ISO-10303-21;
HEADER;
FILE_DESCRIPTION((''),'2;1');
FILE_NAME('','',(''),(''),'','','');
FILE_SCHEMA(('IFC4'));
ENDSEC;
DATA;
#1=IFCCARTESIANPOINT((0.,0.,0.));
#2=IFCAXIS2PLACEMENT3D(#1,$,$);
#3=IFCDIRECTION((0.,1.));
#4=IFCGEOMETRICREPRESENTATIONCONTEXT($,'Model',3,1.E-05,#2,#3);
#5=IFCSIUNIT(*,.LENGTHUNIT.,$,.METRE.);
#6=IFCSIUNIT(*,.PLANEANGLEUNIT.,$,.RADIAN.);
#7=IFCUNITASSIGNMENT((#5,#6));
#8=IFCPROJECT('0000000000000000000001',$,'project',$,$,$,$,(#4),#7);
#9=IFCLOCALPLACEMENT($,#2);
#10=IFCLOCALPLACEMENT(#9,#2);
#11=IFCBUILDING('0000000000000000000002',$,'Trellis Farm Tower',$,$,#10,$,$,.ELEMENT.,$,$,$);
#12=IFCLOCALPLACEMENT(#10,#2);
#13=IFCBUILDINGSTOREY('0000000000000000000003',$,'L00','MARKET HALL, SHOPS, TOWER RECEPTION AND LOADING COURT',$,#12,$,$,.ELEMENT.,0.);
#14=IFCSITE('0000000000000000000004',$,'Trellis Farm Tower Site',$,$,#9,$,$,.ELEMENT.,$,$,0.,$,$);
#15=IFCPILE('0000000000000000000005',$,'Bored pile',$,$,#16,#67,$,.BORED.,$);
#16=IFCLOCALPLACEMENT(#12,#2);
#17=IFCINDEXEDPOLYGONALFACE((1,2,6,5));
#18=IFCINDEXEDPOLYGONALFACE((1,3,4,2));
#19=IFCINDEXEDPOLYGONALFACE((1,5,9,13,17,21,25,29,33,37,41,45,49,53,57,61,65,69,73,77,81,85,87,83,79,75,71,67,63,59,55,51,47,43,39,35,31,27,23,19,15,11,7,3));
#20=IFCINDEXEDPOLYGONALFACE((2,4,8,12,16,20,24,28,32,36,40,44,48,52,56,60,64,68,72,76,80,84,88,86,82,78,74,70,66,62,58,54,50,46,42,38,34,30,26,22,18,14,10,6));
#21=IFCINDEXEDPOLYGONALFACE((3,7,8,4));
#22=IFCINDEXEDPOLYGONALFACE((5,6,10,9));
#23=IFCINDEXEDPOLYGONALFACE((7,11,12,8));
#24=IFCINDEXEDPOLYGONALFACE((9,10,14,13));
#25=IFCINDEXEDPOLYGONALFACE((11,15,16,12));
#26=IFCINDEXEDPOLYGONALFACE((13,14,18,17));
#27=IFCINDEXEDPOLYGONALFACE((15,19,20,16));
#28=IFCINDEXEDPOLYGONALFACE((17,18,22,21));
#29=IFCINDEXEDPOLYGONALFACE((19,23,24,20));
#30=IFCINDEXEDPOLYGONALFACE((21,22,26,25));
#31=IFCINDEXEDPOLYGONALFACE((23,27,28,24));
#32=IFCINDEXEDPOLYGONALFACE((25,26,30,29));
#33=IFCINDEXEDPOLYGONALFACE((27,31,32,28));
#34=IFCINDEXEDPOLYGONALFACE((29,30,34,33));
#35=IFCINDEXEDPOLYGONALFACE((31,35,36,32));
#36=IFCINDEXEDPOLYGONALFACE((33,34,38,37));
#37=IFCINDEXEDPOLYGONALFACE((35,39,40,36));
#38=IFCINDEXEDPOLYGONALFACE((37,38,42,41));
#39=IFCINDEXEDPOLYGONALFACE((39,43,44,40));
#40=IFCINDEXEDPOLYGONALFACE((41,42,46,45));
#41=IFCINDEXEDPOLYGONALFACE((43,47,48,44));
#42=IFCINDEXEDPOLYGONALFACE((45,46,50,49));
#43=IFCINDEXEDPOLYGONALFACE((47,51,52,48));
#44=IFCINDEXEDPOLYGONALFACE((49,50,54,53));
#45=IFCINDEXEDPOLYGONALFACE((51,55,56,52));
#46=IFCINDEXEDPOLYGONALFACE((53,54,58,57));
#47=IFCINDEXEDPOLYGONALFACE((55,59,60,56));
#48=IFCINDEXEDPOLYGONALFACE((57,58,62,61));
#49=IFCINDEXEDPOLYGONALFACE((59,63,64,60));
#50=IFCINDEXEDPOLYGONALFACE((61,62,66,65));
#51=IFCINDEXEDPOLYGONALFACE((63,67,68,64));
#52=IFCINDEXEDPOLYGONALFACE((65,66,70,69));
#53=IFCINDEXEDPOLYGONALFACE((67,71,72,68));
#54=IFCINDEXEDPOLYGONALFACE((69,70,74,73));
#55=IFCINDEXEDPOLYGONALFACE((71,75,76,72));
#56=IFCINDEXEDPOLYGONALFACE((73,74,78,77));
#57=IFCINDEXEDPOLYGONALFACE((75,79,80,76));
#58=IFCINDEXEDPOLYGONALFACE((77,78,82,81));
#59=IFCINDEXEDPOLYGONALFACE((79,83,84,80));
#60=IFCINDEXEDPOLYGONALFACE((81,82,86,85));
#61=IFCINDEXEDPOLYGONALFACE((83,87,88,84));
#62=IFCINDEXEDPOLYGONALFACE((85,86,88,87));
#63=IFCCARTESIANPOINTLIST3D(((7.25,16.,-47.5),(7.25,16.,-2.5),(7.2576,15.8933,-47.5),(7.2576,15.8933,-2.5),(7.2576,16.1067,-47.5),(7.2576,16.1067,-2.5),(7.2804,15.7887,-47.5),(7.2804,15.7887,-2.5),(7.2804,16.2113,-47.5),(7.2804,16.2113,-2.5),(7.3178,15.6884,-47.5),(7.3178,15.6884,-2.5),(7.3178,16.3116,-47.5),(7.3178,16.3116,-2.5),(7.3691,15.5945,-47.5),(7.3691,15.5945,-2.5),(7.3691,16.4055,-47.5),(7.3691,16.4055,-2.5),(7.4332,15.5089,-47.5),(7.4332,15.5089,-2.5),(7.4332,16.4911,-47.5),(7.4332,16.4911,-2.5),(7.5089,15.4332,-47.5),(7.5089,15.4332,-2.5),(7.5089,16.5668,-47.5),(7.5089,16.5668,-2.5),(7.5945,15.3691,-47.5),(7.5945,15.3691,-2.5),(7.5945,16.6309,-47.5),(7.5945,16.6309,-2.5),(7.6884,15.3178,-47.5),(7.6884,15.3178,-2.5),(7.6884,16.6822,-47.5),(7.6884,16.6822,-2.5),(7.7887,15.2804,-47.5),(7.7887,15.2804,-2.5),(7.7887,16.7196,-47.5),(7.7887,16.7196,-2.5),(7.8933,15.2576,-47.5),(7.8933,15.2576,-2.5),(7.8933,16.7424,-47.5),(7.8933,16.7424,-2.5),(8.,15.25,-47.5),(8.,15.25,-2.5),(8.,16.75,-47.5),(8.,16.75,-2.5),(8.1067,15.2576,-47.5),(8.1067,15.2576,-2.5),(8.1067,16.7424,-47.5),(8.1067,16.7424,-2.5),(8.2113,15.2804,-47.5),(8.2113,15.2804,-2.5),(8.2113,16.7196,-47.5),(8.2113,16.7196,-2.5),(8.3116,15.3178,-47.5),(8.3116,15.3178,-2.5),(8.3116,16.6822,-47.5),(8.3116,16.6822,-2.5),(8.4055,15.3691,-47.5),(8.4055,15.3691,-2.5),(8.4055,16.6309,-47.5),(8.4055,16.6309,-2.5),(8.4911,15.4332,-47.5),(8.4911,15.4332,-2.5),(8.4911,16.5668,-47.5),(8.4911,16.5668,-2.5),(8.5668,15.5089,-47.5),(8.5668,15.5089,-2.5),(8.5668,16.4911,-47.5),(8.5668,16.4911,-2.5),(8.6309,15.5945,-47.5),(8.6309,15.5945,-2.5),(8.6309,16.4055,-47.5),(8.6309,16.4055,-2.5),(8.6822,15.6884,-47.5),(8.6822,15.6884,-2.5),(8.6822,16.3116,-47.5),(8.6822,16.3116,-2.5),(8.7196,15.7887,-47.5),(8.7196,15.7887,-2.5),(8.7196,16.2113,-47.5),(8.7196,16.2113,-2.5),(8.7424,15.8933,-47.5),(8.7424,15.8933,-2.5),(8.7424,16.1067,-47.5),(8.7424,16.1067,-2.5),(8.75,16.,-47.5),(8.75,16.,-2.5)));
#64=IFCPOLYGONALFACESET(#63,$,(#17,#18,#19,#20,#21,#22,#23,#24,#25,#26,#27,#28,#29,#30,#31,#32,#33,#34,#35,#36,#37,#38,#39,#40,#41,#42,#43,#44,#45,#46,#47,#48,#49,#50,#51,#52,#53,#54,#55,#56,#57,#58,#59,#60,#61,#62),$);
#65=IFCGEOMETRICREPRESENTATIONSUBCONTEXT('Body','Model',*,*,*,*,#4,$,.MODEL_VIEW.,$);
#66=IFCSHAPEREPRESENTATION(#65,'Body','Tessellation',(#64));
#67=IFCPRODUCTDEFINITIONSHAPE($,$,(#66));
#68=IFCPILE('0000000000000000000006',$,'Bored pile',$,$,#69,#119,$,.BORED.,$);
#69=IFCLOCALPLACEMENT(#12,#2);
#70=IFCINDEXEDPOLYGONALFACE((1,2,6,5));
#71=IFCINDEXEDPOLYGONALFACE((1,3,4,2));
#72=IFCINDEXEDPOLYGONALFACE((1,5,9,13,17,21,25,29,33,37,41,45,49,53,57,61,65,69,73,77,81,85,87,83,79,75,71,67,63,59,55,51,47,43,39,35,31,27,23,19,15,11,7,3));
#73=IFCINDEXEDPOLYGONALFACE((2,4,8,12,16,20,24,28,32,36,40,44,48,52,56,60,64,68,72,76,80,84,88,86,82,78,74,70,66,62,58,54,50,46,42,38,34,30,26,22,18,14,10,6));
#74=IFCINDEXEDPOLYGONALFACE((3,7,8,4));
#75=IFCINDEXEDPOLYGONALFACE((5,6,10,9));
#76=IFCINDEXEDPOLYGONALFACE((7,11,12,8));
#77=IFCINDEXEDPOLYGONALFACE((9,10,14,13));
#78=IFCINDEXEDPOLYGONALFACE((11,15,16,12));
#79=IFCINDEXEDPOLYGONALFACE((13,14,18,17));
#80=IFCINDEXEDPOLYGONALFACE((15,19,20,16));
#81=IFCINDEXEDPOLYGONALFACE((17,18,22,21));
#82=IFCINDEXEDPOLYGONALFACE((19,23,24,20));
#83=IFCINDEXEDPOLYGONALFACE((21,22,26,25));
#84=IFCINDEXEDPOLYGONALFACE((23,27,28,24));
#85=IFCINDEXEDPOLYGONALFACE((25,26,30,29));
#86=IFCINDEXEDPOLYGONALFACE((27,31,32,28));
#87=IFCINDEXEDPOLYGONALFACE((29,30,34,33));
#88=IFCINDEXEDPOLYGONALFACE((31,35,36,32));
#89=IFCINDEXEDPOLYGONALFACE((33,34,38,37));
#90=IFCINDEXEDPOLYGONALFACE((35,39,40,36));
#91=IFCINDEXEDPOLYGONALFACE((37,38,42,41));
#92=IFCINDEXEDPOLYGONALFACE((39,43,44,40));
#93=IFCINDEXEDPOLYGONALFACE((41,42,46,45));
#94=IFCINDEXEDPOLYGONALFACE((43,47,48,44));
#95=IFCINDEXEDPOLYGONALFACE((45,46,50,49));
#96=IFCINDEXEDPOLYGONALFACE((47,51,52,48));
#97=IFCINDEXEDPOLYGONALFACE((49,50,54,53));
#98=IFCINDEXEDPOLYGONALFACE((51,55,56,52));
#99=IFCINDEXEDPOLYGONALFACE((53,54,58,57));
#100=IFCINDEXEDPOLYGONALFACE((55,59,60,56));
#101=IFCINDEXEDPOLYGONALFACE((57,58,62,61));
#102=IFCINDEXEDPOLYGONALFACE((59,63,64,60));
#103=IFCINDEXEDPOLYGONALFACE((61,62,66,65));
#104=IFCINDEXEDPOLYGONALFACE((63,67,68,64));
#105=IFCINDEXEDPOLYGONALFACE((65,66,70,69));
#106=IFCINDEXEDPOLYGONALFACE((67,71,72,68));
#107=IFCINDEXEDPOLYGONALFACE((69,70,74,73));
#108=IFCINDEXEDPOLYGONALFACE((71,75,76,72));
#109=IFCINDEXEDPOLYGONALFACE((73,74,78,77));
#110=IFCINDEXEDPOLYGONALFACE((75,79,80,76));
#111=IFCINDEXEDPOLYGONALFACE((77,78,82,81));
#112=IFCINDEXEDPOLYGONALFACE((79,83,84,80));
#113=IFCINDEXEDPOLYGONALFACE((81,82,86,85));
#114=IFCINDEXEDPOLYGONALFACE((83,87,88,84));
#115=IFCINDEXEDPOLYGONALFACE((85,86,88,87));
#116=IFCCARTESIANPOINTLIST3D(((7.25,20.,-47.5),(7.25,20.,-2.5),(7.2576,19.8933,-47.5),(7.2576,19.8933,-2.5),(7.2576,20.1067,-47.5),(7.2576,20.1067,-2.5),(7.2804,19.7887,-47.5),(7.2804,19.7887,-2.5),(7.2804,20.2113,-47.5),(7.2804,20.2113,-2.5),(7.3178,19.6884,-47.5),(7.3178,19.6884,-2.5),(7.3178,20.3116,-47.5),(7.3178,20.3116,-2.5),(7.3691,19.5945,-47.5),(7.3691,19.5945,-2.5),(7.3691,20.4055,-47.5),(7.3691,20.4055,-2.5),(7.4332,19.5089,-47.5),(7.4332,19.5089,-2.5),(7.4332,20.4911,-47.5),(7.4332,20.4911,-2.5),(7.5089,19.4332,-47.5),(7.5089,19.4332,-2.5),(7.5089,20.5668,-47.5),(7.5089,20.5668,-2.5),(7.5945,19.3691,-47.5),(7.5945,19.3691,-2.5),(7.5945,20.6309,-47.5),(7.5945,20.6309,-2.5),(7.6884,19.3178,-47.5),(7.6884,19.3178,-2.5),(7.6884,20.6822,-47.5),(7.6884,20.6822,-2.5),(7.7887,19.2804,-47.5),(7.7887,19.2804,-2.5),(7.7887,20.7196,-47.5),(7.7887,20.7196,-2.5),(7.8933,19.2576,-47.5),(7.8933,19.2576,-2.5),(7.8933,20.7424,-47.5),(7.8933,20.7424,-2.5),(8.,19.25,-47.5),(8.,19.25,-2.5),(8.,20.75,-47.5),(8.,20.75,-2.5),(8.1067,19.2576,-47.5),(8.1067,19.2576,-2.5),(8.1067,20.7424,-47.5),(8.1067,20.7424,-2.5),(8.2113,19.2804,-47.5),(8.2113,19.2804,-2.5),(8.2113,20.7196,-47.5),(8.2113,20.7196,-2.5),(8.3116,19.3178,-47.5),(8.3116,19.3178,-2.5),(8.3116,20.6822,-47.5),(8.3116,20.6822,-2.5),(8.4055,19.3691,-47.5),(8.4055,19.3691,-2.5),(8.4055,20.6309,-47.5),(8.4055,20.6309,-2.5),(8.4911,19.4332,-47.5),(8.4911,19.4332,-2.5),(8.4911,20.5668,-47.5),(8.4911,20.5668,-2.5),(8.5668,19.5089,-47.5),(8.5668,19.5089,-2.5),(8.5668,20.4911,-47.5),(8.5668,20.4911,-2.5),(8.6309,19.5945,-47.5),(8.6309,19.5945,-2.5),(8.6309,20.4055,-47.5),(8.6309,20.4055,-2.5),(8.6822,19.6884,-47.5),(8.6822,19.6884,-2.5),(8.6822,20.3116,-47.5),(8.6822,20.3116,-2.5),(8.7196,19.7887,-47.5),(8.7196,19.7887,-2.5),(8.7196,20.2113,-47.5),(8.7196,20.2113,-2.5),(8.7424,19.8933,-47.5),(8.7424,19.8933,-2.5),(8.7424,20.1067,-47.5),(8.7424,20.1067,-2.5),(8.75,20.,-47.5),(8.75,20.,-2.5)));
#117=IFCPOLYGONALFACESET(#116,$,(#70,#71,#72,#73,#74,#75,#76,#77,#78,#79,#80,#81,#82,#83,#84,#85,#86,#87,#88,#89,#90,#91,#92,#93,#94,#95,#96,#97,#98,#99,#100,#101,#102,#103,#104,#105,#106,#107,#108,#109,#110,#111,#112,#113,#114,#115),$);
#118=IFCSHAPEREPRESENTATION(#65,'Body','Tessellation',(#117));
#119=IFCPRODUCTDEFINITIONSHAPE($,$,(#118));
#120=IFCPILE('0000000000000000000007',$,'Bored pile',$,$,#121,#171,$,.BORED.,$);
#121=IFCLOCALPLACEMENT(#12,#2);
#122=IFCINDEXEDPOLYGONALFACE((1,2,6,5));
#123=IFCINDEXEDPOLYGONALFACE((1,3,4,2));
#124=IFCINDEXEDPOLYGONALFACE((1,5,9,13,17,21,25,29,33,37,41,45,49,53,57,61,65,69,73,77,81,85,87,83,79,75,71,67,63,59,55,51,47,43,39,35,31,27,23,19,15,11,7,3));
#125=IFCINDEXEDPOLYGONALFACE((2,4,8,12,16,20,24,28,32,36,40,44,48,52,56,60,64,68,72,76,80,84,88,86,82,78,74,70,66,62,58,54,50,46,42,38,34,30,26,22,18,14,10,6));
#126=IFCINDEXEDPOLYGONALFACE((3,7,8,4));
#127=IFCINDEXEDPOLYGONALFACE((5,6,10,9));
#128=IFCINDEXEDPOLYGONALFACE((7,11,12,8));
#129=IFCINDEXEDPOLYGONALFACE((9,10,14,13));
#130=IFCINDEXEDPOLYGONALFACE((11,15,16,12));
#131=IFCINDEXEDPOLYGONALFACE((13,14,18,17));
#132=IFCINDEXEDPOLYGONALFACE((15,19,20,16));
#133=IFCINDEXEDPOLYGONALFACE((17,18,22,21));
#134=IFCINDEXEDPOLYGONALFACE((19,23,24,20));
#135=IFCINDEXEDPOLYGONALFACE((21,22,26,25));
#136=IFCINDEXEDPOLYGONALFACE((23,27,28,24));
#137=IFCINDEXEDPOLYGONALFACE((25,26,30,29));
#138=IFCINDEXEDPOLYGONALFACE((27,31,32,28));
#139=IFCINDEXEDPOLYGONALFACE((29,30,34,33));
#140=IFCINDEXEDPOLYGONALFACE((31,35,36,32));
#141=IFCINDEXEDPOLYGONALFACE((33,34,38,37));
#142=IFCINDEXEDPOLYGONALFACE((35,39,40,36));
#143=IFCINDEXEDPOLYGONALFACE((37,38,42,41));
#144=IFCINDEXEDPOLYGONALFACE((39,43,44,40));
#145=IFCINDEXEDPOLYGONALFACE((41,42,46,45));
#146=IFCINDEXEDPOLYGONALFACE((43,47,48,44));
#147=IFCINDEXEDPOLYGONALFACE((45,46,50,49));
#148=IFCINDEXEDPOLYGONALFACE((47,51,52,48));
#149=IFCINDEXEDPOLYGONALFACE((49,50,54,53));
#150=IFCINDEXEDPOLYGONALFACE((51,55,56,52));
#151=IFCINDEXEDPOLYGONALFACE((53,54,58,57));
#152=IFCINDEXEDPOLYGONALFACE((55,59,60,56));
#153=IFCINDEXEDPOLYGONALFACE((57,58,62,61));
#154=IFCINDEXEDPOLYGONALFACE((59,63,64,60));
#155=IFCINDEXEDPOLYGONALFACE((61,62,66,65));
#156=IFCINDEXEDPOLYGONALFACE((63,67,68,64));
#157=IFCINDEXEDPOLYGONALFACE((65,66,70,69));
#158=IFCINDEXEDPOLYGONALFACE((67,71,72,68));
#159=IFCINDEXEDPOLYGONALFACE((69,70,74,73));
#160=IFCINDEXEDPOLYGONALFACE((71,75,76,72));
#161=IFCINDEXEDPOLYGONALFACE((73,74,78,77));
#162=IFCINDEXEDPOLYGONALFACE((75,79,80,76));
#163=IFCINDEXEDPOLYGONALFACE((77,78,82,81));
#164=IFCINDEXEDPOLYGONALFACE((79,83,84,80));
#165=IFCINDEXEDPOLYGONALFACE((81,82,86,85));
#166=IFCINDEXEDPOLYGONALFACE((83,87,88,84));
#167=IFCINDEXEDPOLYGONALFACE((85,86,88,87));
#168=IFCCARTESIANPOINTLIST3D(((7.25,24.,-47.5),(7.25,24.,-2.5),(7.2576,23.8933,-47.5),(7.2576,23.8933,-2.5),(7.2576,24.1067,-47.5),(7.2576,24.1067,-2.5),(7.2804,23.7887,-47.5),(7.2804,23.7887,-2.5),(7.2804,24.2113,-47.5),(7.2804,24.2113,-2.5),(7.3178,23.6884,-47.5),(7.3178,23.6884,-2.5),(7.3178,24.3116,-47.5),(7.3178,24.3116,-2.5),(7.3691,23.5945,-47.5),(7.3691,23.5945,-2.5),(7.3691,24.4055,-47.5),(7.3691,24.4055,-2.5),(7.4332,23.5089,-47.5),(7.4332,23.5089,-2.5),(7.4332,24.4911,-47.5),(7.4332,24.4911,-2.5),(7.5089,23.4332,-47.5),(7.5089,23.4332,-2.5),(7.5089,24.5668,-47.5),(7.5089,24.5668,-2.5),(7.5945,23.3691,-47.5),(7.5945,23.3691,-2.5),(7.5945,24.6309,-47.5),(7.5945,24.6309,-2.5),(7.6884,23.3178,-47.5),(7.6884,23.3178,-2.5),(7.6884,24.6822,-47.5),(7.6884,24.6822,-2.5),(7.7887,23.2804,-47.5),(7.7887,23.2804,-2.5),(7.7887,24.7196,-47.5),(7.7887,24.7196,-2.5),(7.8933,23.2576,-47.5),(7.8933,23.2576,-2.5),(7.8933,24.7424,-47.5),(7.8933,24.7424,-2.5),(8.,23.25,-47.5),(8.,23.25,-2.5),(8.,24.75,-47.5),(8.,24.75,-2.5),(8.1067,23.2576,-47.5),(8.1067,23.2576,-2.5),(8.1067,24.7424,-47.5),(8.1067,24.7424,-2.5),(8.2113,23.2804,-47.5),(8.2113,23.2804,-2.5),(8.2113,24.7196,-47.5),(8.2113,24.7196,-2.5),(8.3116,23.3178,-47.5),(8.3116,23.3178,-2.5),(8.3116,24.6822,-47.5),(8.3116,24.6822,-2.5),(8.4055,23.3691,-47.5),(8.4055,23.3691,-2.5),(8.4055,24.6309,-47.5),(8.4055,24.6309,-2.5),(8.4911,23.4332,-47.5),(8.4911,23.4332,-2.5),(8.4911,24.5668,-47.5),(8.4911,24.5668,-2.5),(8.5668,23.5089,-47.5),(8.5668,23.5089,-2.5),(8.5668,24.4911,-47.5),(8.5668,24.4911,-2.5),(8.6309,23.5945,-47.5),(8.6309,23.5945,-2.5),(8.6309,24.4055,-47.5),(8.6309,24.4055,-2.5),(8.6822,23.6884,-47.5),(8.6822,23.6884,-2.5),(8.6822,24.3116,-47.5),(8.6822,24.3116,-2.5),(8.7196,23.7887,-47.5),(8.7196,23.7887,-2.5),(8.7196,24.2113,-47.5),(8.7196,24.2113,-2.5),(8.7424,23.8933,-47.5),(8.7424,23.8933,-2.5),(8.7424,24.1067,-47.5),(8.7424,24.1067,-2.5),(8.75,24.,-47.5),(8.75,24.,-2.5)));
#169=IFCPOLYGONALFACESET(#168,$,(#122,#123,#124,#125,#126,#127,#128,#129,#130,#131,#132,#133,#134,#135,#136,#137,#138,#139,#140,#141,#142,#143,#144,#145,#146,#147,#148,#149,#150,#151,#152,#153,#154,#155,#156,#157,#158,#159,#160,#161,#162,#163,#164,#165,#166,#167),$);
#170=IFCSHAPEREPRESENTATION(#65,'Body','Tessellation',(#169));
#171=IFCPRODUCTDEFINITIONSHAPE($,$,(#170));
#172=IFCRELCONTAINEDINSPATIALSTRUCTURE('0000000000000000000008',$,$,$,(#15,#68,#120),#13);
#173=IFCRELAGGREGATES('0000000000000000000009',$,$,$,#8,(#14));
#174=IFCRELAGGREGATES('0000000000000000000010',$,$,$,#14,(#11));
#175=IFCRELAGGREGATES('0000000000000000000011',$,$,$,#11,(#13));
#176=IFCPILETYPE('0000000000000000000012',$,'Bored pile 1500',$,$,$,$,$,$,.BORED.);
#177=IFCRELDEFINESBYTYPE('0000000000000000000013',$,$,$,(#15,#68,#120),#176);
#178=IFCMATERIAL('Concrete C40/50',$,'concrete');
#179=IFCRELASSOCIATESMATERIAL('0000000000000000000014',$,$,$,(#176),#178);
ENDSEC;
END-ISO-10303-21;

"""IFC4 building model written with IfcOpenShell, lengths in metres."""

from ifc_helpers import new_model, si_unit, direction, frame, origin, origin_2d, place, context, subcontext, project, spatial, circle, extrude, source, transform, mapped, material, material_profile, profile_set, type_object, element, save


model = new_model("IFC4")

# Units and contexts
model_context = context("Model", 3, precision=1e-05, world=origin(), true_north=direction((0.0, 1.0)))
body_context = subcontext(model_context, "Body", "Model", "MODEL_VIEW")
ifc_project = project(units=[si_unit("LENGTHUNIT", "METRE"), si_unit("PLANEANGLEUNIT", "RADIAN")], contexts=[model_context])

# Site, building, storey
site_placement = place(None, origin())
site = spatial("IfcSite", under=ifc_project, at=site_placement, Name="Trellis Farm Tower Site", CompositionType="ELEMENT", RefElevation=0.0)
building_placement = place(site_placement, origin())
building = spatial("IfcBuilding", under=site, at=building_placement, Name="Trellis Farm Tower", CompositionType="ELEMENT")
storey_placement = place(building_placement, origin())
storey = spatial("IfcBuildingStorey", under=building, at=storey_placement, Name="L00", Description="MARKET HALL, SHOPS, TOWER RECEPTION AND LOADING COURT", CompositionType="ELEMENT", Elevation=0.0)

# Piles
ifc_material_1 = material(Name="Concrete C40/50", Category="concrete")
ifc_material_profile_1 = material_profile(ifc_material_1, circle(Radius=0.75, at=origin_2d()), Name="Bored pile 1500")
ifc_profile_set_1 = profile_set([ifc_material_profile_1], Name="Concrete C40/50")
pile_type = type_object("IfcPileType", Name="Bored pile 1500", PredefinedType="BORED", material=ifc_profile_set_1)
shared_shape_1 = source(origin(), body_context, "Body", "SweptSolid", [
    extrude(circle(Radius=0.75, at=origin_2d()), origin(), (0.0, 0.0, 1.0), 45.0),
])
for number, where, z_axis, x_axis, name in (
    (1, (8.0, 16.0, -2.5), (0.0, 0.0, -1.0), (1.0, 0.0, 0.0), "Bored pile"),
    (2, (8.0, 20.0, -2.5), (0.0, 0.0, -1.0), (1.0, 0.0, 0.0), "Bored pile"),
    (3, (8.0, 24.0, -2.5), (0.0, 0.0, -1.0), (1.0, 0.0, 0.0), "Bored pile"),
):
    element("IfcPile", number, at=place(storey_placement, frame(where, z_axis=z_axis, x_axis=x_axis)), inside=storey, type_object=pile_type, Name=name, PredefinedType="BORED", context=body_context, shape_type="MappedRepresentation", body=[
        mapped(shared_shape_1, transform((0.0, 0.0, 0.0))),
    ])

save(model, "model.ifc")
